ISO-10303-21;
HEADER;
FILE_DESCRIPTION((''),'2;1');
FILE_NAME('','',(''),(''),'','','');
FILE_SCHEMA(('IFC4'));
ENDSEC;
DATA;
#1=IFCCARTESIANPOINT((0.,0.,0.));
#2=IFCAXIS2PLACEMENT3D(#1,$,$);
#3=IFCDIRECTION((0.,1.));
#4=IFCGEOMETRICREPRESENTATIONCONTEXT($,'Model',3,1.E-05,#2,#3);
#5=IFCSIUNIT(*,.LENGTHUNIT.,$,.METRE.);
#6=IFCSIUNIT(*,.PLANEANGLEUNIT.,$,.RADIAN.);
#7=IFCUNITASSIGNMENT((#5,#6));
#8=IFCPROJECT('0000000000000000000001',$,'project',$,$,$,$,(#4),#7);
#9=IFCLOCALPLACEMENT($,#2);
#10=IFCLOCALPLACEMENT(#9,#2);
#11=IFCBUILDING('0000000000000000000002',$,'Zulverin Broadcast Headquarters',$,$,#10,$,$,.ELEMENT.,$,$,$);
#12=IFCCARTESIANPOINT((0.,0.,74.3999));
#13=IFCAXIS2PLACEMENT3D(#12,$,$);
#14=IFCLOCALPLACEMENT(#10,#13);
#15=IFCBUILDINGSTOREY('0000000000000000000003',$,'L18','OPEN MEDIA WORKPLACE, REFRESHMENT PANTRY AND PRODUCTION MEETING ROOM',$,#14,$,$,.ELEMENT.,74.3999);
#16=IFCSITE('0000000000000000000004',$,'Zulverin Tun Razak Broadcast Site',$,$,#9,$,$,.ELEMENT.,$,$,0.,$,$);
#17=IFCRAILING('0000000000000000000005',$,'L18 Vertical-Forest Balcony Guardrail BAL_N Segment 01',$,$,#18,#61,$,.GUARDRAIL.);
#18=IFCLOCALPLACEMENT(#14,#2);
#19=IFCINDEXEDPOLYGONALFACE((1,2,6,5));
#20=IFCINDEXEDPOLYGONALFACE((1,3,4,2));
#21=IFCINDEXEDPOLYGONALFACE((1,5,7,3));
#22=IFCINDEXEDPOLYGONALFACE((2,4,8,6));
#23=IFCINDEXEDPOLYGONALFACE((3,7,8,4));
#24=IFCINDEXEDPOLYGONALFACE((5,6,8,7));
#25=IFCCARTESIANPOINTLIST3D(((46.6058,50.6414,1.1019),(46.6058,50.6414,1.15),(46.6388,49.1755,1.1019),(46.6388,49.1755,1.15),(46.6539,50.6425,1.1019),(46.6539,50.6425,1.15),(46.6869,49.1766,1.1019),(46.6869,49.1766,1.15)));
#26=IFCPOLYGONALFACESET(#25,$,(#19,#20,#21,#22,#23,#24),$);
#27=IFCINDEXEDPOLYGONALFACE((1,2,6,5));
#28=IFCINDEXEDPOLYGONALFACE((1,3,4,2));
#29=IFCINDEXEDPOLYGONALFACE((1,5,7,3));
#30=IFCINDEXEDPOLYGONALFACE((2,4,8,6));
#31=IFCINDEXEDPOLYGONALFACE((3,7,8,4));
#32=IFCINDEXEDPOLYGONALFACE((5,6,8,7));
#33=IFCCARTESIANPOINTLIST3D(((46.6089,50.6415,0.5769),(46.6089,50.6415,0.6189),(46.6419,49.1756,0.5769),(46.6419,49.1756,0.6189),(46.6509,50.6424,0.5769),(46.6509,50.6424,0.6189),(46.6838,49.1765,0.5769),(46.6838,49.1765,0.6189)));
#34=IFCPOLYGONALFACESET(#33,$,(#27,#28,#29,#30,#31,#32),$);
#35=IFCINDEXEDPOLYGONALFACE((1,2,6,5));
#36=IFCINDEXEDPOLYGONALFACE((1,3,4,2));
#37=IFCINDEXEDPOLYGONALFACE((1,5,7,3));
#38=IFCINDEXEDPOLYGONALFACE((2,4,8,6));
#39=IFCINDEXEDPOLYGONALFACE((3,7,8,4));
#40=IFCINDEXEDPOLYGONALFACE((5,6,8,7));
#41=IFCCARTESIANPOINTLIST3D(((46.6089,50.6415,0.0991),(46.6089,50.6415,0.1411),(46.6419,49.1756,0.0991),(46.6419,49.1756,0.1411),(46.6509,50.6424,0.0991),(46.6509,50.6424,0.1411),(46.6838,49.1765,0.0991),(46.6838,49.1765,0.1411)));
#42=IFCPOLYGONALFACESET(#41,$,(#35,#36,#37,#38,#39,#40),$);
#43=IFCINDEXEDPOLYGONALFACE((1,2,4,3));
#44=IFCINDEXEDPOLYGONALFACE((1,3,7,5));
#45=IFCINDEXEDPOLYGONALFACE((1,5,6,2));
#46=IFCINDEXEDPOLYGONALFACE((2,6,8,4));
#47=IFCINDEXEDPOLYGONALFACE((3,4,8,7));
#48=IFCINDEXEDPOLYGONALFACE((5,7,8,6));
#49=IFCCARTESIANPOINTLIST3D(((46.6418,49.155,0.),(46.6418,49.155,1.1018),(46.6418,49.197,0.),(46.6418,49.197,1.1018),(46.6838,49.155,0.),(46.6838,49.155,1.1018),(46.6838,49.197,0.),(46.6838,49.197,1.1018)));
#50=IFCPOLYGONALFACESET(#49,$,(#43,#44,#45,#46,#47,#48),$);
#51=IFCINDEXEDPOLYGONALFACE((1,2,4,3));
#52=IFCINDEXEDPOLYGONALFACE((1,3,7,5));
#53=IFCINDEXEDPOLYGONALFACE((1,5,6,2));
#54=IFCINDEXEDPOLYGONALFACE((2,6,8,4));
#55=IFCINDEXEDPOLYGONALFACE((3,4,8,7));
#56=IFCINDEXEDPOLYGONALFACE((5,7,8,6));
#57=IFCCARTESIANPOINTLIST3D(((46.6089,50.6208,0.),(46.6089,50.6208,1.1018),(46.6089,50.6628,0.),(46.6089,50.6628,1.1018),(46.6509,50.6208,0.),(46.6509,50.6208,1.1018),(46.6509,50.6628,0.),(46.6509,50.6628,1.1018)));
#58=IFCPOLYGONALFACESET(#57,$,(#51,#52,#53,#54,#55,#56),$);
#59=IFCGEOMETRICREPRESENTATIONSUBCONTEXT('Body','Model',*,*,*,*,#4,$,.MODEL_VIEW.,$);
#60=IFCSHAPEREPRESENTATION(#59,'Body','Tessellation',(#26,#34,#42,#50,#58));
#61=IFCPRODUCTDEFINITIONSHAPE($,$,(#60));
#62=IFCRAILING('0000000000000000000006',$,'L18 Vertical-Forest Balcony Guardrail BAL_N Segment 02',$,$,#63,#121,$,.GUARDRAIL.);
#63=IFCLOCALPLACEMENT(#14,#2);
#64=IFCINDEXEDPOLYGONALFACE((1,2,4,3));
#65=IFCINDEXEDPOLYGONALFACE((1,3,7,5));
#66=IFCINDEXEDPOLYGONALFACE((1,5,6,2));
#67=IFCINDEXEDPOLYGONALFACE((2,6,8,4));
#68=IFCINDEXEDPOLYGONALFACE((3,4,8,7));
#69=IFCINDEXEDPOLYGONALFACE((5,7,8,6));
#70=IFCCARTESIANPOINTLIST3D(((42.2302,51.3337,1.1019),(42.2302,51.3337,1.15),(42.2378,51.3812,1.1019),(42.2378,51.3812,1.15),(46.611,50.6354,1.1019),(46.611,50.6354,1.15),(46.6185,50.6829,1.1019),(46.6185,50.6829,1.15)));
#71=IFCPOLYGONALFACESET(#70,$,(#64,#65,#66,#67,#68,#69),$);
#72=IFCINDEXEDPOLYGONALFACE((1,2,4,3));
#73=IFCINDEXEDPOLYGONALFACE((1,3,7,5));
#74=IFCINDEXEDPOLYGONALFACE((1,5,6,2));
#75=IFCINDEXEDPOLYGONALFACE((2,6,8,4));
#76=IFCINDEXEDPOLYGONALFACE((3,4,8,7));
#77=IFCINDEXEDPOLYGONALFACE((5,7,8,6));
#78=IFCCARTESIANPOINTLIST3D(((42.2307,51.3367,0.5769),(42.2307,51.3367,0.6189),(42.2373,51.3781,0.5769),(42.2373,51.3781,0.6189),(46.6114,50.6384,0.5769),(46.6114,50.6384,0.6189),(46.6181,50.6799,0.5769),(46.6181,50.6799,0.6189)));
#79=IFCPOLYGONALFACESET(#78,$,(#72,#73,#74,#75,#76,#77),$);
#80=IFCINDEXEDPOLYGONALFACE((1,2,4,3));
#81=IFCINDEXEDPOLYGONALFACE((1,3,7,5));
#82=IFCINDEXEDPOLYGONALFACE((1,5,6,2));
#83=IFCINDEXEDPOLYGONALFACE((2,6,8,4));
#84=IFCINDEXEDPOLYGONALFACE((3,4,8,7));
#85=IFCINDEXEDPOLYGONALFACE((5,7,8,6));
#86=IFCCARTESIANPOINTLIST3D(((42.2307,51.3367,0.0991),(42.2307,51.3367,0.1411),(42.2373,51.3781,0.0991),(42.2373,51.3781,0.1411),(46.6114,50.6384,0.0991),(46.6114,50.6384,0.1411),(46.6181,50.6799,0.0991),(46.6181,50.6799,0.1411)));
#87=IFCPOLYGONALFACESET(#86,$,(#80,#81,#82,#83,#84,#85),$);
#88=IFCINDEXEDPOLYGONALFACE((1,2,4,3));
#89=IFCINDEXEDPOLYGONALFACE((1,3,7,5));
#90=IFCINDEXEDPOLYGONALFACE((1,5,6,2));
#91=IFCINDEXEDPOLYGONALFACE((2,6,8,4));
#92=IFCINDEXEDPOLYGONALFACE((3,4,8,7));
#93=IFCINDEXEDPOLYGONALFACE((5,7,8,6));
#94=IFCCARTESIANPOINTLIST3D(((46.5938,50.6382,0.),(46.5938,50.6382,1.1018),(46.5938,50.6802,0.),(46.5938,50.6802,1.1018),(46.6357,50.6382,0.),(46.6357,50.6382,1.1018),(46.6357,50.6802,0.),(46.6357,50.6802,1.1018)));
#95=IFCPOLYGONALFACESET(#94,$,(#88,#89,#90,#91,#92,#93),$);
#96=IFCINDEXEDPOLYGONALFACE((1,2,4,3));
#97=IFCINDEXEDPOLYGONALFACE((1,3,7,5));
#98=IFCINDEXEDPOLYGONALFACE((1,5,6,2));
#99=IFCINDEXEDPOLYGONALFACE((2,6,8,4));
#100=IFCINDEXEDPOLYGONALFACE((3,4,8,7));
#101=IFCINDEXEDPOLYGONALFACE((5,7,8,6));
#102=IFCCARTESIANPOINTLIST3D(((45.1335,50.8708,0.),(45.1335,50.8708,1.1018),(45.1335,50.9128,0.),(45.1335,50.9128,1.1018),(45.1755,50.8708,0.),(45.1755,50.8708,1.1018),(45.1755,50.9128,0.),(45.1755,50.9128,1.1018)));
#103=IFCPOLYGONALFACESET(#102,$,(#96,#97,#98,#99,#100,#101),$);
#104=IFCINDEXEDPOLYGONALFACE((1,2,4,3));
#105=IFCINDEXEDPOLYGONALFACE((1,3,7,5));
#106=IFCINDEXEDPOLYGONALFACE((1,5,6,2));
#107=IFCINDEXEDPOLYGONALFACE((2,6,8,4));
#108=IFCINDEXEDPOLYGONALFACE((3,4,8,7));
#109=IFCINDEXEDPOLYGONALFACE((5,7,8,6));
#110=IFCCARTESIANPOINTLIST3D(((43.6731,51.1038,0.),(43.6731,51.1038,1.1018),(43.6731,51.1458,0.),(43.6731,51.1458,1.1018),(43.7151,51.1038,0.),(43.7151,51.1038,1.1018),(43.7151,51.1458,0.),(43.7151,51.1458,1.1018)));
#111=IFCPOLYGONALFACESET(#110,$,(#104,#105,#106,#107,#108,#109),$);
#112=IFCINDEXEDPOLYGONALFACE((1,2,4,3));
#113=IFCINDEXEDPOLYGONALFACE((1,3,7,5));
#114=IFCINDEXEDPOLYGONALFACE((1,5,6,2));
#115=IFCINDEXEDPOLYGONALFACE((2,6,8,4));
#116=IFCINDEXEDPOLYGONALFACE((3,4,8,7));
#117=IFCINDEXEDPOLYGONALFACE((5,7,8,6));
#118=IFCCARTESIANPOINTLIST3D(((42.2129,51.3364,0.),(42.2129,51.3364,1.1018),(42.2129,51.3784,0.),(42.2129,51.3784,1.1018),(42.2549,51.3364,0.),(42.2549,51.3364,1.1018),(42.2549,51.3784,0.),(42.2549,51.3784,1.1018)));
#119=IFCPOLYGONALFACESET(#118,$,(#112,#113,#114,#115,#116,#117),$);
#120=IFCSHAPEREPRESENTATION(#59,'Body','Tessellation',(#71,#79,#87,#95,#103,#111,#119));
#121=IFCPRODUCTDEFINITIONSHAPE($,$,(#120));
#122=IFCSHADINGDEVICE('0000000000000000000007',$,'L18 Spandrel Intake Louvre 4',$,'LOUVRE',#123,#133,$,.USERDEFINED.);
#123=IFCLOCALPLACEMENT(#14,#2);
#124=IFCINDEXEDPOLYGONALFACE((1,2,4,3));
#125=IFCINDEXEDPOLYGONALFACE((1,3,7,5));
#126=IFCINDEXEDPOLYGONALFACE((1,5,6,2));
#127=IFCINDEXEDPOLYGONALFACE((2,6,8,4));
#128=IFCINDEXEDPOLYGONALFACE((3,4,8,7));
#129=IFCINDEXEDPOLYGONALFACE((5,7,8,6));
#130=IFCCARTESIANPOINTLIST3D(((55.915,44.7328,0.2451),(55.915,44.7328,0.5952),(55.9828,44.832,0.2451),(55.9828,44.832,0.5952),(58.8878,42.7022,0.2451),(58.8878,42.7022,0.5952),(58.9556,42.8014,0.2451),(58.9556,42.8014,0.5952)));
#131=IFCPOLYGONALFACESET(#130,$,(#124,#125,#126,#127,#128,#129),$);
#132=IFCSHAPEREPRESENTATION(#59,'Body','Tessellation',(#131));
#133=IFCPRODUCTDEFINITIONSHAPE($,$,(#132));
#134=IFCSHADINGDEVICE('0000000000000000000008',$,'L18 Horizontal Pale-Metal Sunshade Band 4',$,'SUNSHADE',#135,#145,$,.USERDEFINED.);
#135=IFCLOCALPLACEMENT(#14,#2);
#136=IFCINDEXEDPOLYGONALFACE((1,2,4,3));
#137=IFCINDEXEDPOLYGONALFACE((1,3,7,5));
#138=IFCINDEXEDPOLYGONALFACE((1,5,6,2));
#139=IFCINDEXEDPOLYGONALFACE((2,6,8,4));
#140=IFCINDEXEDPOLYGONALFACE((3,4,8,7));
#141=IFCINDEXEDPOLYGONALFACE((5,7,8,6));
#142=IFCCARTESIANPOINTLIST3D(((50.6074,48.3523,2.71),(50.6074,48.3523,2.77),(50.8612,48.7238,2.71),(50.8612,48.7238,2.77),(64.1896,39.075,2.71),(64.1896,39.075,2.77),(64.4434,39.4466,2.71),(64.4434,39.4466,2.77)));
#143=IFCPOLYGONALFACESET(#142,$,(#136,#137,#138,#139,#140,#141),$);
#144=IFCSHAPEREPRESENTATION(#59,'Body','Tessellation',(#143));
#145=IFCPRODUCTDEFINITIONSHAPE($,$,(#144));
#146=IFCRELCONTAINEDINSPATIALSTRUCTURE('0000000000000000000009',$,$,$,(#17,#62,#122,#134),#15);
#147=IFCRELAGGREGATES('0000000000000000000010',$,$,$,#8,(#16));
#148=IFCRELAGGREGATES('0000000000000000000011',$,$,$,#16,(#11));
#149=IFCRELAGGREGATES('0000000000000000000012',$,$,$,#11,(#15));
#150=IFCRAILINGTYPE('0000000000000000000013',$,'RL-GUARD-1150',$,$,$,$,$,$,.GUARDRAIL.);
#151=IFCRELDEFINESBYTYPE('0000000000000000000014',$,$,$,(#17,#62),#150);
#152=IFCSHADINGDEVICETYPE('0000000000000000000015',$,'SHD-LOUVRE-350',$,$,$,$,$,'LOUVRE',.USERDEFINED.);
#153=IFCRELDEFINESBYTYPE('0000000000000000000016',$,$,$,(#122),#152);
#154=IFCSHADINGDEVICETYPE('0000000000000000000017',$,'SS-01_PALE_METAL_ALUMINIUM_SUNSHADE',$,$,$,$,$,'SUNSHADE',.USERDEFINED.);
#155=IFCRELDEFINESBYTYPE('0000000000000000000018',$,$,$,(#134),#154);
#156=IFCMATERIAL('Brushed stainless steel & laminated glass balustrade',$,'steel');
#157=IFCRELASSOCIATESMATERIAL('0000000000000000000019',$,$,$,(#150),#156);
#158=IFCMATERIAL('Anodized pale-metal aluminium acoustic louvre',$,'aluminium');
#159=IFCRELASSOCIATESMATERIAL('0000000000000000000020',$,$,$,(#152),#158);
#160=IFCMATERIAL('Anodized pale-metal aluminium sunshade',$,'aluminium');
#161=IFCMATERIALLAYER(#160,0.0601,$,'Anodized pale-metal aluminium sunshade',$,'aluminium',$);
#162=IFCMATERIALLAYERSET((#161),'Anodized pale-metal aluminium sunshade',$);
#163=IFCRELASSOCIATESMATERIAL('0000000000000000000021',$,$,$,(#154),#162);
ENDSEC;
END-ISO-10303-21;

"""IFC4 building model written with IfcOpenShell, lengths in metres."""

from ifc_helpers import new_model, si_unit, direction, frame, origin, origin_2d, place, context, subcontext, project, spatial, rectangle, extrude, material, layer, layer_set, type_object, element, save


model = new_model("IFC4")

# Units and contexts
model_context = context("Model", 3, precision=1e-05, world=origin(), true_north=direction((0.0, 1.0)))
body_context = subcontext(model_context, "Body", "Model", "MODEL_VIEW")
ifc_project = project(units=[si_unit("LENGTHUNIT", "METRE"), si_unit("PLANEANGLEUNIT", "RADIAN")], contexts=[model_context])

# Site, building, storey
site_placement = place(None, origin())
site = spatial("IfcSite", under=ifc_project, at=site_placement, Name="Zulverin Tun Razak Broadcast Site", CompositionType="ELEMENT", RefElevation=0.0)
building_placement = place(site_placement, origin())
building = spatial("IfcBuilding", under=site, at=building_placement, Name="Zulverin Broadcast Headquarters", CompositionType="ELEMENT")
storey_placement = place(building_placement, frame((0.0, 0.0, 74.3999)))
storey = spatial("IfcBuildingStorey", under=building, at=storey_placement, Name="L18", Description="OPEN MEDIA WORKPLACE, REFRESHMENT PANTRY AND PRODUCTION MEETING ROOM", CompositionType="ELEMENT", Elevation=74.3999)

# Railings
ifc_material_1 = material(Name="Brushed stainless steel & laminated glass balustrade", Category="steel")
railing_type = type_object("IfcRailingType", Name="RL-GUARD-1150", PredefinedType="GUARDRAIL", material=ifc_material_1)
railing_1_placement = place(storey_placement, frame((46.6628, 49.176, 0.0)))
element("IfcRailing", 1, at=railing_1_placement, inside=storey, type_object=railing_type, Name="L18 Vertical-Forest Balcony Guardrail BAL_N Segment 01", PredefinedType="GUARDRAIL", context=body_context, shape_type="SweptSolid", body=[
    extrude(rectangle(XDim=0.0481, YDim=0.0481, at=origin_2d()), frame((0.0, 0.0, 1.126), z_axis=(-0.022479, 0.999747, 0.0), x_axis=(-0.999747, -0.022479, 0.0)), (0.0, 0.0, 1.0), 1.4663),
    extrude(rectangle(XDim=0.042, YDim=0.042, at=origin_2d()), frame((0.0, 0.0, 0.5979), z_axis=(-0.022479, 0.999747, 0.0), x_axis=(-0.999747, -0.022479, 0.0)), (0.0, 0.0, 1.0), 1.4663),
    extrude(rectangle(XDim=0.042, YDim=0.042, at=origin_2d()), frame((0.0, 0.0, 0.1201), z_axis=(-0.022479, 0.999747, 0.0), x_axis=(-0.999747, -0.022479, 0.0)), (0.0, 0.0, 1.0), 1.4663),
    extrude(rectangle(XDim=0.042, YDim=0.042, at=origin_2d()), origin(), (0.0, 0.0, 1.0), 1.1018),
    extrude(rectangle(XDim=0.042, YDim=0.042, at=origin_2d()), frame((-0.033, 1.4658, 0.0)), (0.0, 0.0, 1.0), 1.1018),
])
railing_2_placement = place(storey_placement, frame((46.6147, 50.6592, 0.0)))
element("IfcRailing", 2, at=railing_2_placement, inside=storey, type_object=railing_type, Name="L18 Vertical-Forest Balcony Guardrail BAL_N Segment 02", PredefinedType="GUARDRAIL", context=body_context, shape_type="SweptSolid", body=[
    extrude(rectangle(XDim=0.0481, YDim=0.0481, at=origin_2d()), frame((0.0, 0.0, 1.126), z_axis=(-0.987535, 0.157398, 0.0), x_axis=(-0.157398, -0.987535, 0.0)), (0.0, 0.0, 1.0), 4.436),
    extrude(rectangle(XDim=0.042, YDim=0.042, at=origin_2d()), frame((0.0, 0.0, 0.5979), z_axis=(-0.987535, 0.157398, 0.0), x_axis=(-0.157398, -0.987535, 0.0)), (0.0, 0.0, 1.0), 4.436),
    extrude(rectangle(XDim=0.042, YDim=0.042, at=origin_2d()), frame((0.0, 0.0, 0.1201), z_axis=(-0.987535, 0.157398, 0.0), x_axis=(-0.157398, -0.987535, 0.0)), (0.0, 0.0, 1.0), 4.436),
    extrude(rectangle(XDim=0.042, YDim=0.042, at=origin_2d()), origin(), (0.0, 0.0, 1.0), 1.1018),
    extrude(rectangle(XDim=0.042, YDim=0.042, at=origin_2d()), frame((-1.4602, 0.2327, 0.0)), (0.0, 0.0, 1.0), 1.1018),
    extrude(rectangle(XDim=0.042, YDim=0.042, at=origin_2d()), frame((-2.9207, 0.4656, 0.0)), (0.0, 0.0, 1.0), 1.1018),
    extrude(rectangle(XDim=0.042, YDim=0.042, at=origin_2d()), frame((-4.3809, 0.6982, 0.0)), (0.0, 0.0, 1.0), 1.1018),
])

# Shading devices
ifc_material_2 = material(Name="Anodized pale-metal aluminium acoustic louvre", Category="aluminium")
shading_device_type_1 = type_object("IfcShadingDeviceType", Name="SHD-LOUVRE-350", ElementType="LOUVRE", PredefinedType="USERDEFINED", material=ifc_material_2)
shading_device_1_placement = place(storey_placement, frame((57.4353, 43.7671, 0.2451), z_axis=(0.0, 0.0, 1.0), x_axis=(-0.825757, 0.564026, 0.0)))
element("IfcShadingDevice", 3, at=shading_device_1_placement, inside=storey, type_object=shading_device_type_1, Name="L18 Spandrel Intake Louvre 4", ObjectType="LOUVRE", PredefinedType="USERDEFINED", context=body_context, shape_type="SweptSolid", body=[
    extrude(rectangle(XDim=3.6001, YDim=0.1201, at=origin_2d()), origin(), (0.0, 0.0, 1.0), 0.3501),
])
ifc_material_3 = material(Name="Anodized pale-metal aluminium sunshade", Category="aluminium")
ifc_layer_1 = layer(ifc_material_3, 0.0601, Name="Anodized pale-metal aluminium sunshade", Category="aluminium")
ifc_layer_set_1 = layer_set([ifc_layer_1], Name="Anodized pale-metal aluminium sunshade")
shading_device_type_2 = type_object("IfcShadingDeviceType", Name="SS-01_PALE_METAL_ALUMINIUM_SUNSHADE", ElementType="SUNSHADE", PredefinedType="USERDEFINED", material=ifc_layer_set_1)
shading_device_2_placement = place(storey_placement, frame((57.5254, 43.8994, 2.71), z_axis=(0.0, 0.0, 1.0), x_axis=(-0.825757, 0.564026, 0.0)))
element("IfcShadingDevice", 4, at=shading_device_2_placement, inside=storey, type_object=shading_device_type_2, Name="L18 Horizontal Pale-Metal Sunshade Band 4", ObjectType="SUNSHADE", PredefinedType="USERDEFINED", context=body_context, shape_type="SweptSolid", body=[
    extrude(rectangle(XDim=16.4482, YDim=0.45, at=origin_2d()), origin(), (0.0, 0.0, 1.0), 0.0601),
])

save(model, "model.ifc")
